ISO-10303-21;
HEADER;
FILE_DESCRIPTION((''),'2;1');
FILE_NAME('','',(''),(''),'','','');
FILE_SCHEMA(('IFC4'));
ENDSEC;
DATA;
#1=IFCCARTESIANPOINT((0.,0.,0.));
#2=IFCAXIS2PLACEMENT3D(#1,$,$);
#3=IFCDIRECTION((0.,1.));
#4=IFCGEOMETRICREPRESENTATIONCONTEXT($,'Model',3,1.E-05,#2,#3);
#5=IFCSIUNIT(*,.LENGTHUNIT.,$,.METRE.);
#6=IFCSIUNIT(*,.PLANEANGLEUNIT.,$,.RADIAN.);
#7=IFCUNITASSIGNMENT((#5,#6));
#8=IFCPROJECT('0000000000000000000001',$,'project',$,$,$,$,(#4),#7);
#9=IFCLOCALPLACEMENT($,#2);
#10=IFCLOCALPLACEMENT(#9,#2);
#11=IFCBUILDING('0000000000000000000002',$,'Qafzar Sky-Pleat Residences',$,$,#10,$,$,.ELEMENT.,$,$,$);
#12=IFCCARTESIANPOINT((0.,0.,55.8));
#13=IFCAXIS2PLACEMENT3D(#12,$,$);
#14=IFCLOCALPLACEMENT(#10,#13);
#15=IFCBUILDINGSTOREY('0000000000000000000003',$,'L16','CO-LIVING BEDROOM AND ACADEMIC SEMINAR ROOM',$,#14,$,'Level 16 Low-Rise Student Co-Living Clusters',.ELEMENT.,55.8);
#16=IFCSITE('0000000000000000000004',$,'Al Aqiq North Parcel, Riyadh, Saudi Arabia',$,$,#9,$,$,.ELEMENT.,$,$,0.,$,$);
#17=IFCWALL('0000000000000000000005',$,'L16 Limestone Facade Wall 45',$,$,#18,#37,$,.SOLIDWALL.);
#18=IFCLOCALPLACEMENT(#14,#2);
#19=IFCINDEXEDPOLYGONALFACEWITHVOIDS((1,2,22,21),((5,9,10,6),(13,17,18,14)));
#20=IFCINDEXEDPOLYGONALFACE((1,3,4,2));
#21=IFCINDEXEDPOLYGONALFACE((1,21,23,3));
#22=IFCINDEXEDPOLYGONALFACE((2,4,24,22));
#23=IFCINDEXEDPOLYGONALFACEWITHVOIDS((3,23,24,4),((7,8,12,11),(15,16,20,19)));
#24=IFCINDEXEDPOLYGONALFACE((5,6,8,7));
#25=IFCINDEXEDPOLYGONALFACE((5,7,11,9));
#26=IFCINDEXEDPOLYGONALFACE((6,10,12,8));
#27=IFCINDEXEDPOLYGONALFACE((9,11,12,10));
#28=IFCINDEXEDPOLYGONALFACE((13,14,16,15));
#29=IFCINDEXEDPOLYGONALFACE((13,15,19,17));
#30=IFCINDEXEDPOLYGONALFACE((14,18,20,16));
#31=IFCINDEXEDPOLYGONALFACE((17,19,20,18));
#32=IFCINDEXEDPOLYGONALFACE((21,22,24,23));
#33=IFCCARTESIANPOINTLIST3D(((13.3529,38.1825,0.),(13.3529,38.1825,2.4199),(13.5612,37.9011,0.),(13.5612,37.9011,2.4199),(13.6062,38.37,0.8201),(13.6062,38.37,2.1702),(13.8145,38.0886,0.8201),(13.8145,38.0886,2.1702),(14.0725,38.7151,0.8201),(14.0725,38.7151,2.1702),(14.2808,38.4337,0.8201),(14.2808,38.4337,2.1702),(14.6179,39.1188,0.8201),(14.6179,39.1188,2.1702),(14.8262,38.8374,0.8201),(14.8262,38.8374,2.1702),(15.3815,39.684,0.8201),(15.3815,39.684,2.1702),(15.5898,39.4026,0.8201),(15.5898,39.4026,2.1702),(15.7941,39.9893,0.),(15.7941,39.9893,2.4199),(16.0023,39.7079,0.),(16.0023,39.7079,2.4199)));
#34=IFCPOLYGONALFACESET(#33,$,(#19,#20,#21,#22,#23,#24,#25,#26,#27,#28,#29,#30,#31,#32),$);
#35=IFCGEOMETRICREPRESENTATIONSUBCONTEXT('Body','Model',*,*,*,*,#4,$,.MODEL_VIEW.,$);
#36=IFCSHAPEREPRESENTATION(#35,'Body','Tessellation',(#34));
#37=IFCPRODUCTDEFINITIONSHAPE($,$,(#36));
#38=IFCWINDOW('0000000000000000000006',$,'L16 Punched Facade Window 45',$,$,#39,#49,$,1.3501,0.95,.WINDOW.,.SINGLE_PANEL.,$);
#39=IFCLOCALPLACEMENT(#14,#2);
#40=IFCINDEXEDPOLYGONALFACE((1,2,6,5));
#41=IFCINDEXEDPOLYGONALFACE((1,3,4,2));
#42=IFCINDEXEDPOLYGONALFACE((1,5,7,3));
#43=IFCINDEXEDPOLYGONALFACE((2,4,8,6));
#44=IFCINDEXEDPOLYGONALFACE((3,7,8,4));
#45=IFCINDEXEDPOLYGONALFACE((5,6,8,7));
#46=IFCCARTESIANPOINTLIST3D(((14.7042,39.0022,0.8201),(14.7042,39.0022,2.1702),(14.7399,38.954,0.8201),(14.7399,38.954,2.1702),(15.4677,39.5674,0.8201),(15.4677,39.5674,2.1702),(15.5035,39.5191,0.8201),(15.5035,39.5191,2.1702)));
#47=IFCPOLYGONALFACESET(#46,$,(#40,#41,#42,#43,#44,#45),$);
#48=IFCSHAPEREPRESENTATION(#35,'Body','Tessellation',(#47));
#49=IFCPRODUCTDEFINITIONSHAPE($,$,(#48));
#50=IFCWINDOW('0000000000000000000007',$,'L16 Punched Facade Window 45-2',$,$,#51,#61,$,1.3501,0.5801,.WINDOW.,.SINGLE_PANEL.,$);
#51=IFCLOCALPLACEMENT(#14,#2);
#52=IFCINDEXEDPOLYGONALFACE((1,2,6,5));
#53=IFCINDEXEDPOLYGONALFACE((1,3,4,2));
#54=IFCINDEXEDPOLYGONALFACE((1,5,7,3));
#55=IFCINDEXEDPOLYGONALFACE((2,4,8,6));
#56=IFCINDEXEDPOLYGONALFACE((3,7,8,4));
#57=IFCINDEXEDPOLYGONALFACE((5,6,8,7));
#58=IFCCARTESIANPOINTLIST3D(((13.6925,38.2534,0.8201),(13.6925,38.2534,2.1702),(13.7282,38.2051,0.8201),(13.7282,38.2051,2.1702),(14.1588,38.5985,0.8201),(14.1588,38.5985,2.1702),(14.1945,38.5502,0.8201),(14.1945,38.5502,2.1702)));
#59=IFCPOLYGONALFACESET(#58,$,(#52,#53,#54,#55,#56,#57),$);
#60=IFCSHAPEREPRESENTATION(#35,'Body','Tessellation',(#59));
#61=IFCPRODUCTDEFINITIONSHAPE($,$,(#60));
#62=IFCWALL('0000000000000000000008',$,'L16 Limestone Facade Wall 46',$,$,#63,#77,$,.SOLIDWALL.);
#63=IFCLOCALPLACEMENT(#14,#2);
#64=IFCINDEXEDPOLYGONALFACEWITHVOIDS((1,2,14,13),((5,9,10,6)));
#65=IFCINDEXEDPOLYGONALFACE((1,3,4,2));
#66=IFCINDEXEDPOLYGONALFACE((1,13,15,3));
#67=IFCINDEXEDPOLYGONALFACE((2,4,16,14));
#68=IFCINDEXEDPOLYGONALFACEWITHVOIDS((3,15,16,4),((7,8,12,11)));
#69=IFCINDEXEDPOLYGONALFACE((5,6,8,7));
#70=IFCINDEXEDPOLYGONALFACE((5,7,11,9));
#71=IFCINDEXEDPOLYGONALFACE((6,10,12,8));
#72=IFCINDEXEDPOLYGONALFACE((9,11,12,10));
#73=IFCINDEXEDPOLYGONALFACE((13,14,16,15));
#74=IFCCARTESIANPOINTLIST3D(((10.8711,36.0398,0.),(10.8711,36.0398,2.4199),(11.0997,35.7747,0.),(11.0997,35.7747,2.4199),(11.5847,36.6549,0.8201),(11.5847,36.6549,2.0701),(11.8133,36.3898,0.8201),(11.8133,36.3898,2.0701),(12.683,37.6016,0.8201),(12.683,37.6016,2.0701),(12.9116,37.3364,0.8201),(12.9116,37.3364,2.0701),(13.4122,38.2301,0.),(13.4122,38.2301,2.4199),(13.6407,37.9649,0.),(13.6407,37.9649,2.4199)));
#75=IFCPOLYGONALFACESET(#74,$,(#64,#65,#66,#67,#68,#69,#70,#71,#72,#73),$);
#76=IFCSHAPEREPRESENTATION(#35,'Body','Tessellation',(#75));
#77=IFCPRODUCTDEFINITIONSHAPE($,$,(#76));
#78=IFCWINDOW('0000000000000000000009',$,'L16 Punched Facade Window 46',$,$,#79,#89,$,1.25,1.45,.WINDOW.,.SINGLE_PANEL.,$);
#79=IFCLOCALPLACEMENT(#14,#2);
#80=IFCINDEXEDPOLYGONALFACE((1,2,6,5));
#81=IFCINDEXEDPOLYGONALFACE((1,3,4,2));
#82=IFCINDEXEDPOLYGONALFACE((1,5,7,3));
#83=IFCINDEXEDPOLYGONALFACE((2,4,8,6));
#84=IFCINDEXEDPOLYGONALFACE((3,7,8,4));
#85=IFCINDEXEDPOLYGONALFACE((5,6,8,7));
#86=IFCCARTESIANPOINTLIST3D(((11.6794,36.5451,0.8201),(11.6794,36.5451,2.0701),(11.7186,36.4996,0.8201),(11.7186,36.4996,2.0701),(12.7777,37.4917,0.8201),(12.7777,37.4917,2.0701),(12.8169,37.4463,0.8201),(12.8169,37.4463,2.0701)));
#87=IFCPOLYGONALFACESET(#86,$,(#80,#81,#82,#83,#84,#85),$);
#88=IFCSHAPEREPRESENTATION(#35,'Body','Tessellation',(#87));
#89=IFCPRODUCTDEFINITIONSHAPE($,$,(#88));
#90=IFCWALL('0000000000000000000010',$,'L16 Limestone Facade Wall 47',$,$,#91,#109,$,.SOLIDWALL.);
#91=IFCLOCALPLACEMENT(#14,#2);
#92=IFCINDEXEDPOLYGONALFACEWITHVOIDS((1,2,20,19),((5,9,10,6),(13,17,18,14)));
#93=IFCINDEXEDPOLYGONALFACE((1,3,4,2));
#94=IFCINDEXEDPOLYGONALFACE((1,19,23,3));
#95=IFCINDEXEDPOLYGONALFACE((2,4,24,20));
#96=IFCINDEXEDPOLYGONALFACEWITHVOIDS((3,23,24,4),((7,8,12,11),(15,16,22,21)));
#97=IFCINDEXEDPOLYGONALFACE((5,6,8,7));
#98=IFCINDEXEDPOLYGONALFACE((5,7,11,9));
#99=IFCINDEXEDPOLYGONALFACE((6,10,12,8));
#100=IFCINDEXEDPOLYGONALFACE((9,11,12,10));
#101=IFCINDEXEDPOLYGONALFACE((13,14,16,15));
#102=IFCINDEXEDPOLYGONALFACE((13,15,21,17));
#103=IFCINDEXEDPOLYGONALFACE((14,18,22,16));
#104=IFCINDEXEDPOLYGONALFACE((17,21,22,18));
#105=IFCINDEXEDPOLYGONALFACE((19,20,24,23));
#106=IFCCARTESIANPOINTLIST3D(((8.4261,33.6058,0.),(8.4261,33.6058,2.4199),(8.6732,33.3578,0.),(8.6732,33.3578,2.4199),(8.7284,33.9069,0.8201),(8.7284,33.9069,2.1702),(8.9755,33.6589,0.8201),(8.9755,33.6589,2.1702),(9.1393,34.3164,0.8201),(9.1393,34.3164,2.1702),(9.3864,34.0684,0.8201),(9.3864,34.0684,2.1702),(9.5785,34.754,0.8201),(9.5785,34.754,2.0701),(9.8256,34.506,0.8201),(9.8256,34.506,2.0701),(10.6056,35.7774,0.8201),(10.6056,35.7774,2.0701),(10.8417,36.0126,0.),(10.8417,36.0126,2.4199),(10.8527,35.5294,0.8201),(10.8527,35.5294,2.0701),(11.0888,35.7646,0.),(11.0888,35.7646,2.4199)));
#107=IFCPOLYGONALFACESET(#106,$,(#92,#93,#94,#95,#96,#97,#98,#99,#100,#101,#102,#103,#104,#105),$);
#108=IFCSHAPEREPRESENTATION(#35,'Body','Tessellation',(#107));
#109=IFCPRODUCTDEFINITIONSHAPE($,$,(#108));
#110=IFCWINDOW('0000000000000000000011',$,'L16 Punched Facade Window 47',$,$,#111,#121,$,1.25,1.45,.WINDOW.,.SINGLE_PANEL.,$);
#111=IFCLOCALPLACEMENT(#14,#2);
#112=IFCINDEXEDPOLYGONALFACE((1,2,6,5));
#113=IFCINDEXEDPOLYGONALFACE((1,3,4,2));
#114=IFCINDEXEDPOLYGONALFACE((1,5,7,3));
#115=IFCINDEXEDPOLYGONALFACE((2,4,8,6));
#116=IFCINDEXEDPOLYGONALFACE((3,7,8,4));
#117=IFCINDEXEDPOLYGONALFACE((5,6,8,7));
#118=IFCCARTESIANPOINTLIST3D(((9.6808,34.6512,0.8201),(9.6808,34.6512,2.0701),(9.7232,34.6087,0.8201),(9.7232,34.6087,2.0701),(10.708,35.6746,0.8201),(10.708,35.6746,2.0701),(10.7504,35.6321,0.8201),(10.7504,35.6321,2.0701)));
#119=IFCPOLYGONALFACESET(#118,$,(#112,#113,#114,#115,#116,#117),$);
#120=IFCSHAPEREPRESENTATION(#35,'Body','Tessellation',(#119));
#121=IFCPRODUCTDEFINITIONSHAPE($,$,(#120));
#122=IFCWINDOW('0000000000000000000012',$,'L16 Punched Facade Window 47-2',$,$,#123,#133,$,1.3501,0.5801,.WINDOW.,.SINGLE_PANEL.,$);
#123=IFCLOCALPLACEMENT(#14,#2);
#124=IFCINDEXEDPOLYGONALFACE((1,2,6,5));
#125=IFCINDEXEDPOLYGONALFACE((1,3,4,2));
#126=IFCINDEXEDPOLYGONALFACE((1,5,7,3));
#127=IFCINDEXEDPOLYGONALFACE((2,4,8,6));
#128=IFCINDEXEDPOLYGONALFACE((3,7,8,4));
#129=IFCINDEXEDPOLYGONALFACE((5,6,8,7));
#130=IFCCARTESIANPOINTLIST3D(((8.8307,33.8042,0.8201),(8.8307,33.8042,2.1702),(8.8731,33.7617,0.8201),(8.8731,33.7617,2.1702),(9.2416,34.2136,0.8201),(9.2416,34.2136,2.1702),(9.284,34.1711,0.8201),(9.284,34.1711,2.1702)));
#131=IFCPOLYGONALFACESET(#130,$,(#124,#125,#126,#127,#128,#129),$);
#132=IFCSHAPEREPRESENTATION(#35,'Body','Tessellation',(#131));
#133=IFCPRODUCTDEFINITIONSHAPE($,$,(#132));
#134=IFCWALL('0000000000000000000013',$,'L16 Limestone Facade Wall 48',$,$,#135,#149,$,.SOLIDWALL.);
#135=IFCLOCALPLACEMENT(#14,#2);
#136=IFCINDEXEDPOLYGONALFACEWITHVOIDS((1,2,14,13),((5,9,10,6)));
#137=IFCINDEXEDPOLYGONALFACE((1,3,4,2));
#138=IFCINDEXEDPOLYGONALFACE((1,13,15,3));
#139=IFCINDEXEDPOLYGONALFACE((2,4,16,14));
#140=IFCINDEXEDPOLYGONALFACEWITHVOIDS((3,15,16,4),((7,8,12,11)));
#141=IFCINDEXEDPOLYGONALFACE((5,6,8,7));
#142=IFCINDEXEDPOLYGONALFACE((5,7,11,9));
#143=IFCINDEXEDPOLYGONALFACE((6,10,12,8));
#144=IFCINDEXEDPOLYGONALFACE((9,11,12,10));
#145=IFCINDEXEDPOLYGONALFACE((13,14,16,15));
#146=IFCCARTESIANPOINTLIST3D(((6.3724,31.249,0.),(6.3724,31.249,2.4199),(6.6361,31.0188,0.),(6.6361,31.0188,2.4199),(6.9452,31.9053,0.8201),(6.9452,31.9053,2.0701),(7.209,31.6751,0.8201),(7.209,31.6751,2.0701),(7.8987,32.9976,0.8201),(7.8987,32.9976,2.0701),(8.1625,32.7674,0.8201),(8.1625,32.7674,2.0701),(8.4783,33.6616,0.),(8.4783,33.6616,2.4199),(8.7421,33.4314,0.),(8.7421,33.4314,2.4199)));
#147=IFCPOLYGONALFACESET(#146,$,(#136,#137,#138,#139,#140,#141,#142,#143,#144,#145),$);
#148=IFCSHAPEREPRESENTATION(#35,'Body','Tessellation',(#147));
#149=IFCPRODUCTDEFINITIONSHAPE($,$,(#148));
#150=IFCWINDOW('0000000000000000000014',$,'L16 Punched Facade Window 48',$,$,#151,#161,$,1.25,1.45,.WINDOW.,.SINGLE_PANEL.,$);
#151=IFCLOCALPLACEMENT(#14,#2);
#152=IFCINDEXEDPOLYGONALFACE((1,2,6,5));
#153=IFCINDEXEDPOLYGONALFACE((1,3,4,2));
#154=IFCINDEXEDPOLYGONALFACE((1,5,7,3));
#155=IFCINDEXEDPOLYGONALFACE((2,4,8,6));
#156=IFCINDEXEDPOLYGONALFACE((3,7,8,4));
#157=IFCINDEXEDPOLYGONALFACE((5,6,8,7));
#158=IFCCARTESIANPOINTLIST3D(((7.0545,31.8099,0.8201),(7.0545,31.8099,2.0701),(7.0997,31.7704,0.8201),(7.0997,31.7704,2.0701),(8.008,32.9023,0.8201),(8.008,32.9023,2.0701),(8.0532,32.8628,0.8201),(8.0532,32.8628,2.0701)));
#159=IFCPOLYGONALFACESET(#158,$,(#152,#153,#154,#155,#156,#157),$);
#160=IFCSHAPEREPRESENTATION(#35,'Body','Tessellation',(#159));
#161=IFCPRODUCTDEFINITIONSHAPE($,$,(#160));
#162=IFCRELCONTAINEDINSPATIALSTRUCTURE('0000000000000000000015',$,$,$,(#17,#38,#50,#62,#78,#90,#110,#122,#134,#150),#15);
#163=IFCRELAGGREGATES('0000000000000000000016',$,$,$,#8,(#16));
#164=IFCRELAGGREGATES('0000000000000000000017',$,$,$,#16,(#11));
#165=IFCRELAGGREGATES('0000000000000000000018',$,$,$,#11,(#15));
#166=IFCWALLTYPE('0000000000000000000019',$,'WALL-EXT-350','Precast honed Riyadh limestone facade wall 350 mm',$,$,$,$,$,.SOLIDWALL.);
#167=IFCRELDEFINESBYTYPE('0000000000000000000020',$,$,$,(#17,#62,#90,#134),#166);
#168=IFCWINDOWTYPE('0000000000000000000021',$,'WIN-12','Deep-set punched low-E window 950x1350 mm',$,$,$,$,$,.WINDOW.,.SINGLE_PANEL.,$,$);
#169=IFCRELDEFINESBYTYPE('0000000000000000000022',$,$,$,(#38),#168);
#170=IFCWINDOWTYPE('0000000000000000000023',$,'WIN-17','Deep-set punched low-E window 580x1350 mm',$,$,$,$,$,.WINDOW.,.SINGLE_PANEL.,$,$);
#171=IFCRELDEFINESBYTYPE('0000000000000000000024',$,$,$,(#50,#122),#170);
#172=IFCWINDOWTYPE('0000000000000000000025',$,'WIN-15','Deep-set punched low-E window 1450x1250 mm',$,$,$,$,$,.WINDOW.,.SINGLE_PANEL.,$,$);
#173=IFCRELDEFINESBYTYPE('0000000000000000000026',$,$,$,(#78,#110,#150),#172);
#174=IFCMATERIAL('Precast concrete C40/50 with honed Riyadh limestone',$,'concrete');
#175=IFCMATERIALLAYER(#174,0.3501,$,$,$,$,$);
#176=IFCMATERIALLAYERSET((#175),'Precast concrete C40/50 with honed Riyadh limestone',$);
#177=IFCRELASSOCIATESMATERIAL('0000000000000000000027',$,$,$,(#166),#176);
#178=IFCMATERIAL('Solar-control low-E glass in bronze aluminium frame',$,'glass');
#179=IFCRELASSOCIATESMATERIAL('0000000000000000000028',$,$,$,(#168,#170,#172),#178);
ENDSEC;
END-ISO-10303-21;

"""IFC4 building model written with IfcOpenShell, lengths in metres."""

from ifc_helpers import new_model, si_unit, direction, frame, frame_2d, origin, place, context, subcontext, project, spatial, rectangle, extrude, source, transform, mapped, material, layer, layer_set, type_object, element, fill, save


model = new_model("IFC4")

# Units and contexts
model_context = context("Model", 3, precision=1e-05, world=origin(), true_north=direction((0.0, 1.0)))
body_context = subcontext(model_context, "Body", "Model", "MODEL_VIEW")
ifc_project = project(units=[si_unit("LENGTHUNIT", "METRE"), si_unit("PLANEANGLEUNIT", "RADIAN")], contexts=[model_context])

# Site, building, storey
site_placement = place(None, origin())
site = spatial("IfcSite", under=ifc_project, at=site_placement, Name="Al Aqiq North Parcel, Riyadh, Saudi Arabia", CompositionType="ELEMENT", RefElevation=0.0)
building_placement = place(site_placement, origin())
building = spatial("IfcBuilding", under=site, at=building_placement, Name="Qafzar Sky-Pleat Residences", CompositionType="ELEMENT")
storey_placement = place(building_placement, frame((0.0, 0.0, 55.8)))
storey = spatial("IfcBuildingStorey", under=building, at=storey_placement, Name="L16", Description="CO-LIVING BEDROOM AND ACADEMIC SEMINAR ROOM", LongName="Level 16 Low-Rise Student Co-Living Clusters", CompositionType="ELEMENT", Elevation=55.8)

# Shared definitions
ifc_material_1 = material(Name="Precast concrete C40/50 with honed Riyadh limestone", Category="concrete")
ifc_layer_1 = layer(ifc_material_1, 0.3501)
ifc_layer_set_1 = layer_set([ifc_layer_1], Name="Precast concrete C40/50 with honed Riyadh limestone")
wall_type_1 = type_object("IfcWallType", Name="WALL-EXT-350", Description="Precast honed Riyadh limestone facade wall 350 mm", PredefinedType="SOLIDWALL", material=ifc_layer_set_1)
ifc_material_2 = material(Name="Solar-control low-E glass in bronze aluminium frame", Category="glass")

# Wall, openings, windows
wall_1_placement = place(storey_placement, frame((15.8982, 39.8486, 0.0), z_axis=(0.0, 0.0, 1.0), x_axis=(-0.803775, -0.594933, 0.0)))
wall_1 = element("IfcWall", 1, at=wall_1_placement, inside=storey, type_object=wall_type_1, Name="L16 Limestone Facade Wall 45", PredefinedType="SOLIDWALL", context=body_context, shape_type="SweptSolid", body=[
    extrude(rectangle(XDim=3.0371, YDim=0.3501, at=frame_2d((1.5186, 0.0))), origin(), (0.0, 0.0, 1.0), 2.4199),
])
opening_1_placement = place(wall_1_placement, frame((0.5132, 0.0, 0.8201)))
opening_1 = element("IfcOpeningElement", 2, at=opening_1_placement, cuts=wall_1, PredefinedType="OPENING", context=body_context, shape_type="SweptSolid", body=[
    extrude(rectangle(XDim=0.95, YDim=1.3501, at=frame_2d((0.4751, 0.675))), frame((0.0, 0.1851, 0.0), z_axis=(0.0, -1.0, 0.0), x_axis=(1.0, 0.0, 0.0)), (0.0, 0.0, 1.0), 0.3701),
])
opening_2_placement = place(wall_1_placement, frame((2.1418, 0.0, 0.8201)))
opening_2 = element("IfcOpeningElement", 3, at=opening_2_placement, cuts=wall_1, PredefinedType="OPENING", context=body_context, shape_type="SweptSolid", body=[
    extrude(rectangle(XDim=0.5801, YDim=1.3501, at=frame_2d((0.29, 0.675))), frame((0.0, 0.1851, 0.0), z_axis=(0.0, -1.0, 0.0), x_axis=(1.0, 0.0, 0.0)), (0.0, 0.0, 1.0), 0.3701),
])
window_type_1 = type_object("IfcWindowType", Name="WIN-12", Description="Deep-set punched low-E window 950x1350 mm", PartitioningType="SINGLE_PANEL", PredefinedType="WINDOW", material=ifc_material_2)
shared_shape_1 = source(origin(), body_context, "Body", "SweptSolid", [
    extrude(rectangle(XDim=0.95, YDim=1.3501, at=frame_2d((0.4751, 0.675))), frame((0.0, 0.03, 0.0), z_axis=(0.0, -1.0, 0.0), x_axis=(1.0, 0.0, 0.0)), (0.0, 0.0, 1.0), 0.0601),
])
window_1_placement = place(opening_1_placement, origin())
window_1 = element("IfcWindow", 4, at=window_1_placement, inside=storey, type_object=window_type_1, Name="L16 Punched Facade Window 45", OverallHeight=1.3501, OverallWidth=0.95, PartitioningType="SINGLE_PANEL", PredefinedType="WINDOW", context=body_context, shape_type="MappedRepresentation", body=[
    mapped(shared_shape_1, transform((0.0, 0.0, 0.0), x_axis=(1.0, 0.0, 0.0), y_axis=(0.0, 1.0, 0.0), z_axis=(0.0, 0.0, 1.0), scale=1.0)),
])
fill(opening_1, window_1)
window_type_2 = type_object("IfcWindowType", Name="WIN-17", Description="Deep-set punched low-E window 580x1350 mm", PartitioningType="SINGLE_PANEL", PredefinedType="WINDOW", material=ifc_material_2)
shared_shape_2 = source(origin(), body_context, "Body", "SweptSolid", [
    extrude(rectangle(XDim=0.5801, YDim=1.3501, at=frame_2d((0.29, 0.675))), frame((0.0, 0.03, 0.0), z_axis=(0.0, -1.0, 0.0), x_axis=(1.0, 0.0, 0.0)), (0.0, 0.0, 1.0), 0.0601),
])
window_2_placement = place(opening_2_placement, origin())
window_2 = element("IfcWindow", 5, at=window_2_placement, inside=storey, type_object=window_type_2, Name="L16 Punched Facade Window 45-2", OverallHeight=1.3501, OverallWidth=0.5801, PartitioningType="SINGLE_PANEL", PredefinedType="WINDOW", context=body_context, shape_type="MappedRepresentation", body=[
    mapped(shared_shape_2, transform((0.0, 0.0, 0.0), x_axis=(1.0, 0.0, 0.0), y_axis=(0.0, 1.0, 0.0), z_axis=(0.0, 0.0, 1.0), scale=1.0)),
])
fill(opening_2, window_2)

# Wall, opening, window
wall_2_placement = place(storey_placement, frame((13.5264, 38.0974, 0.0), z_axis=(0.0, 0.0, 1.0), x_axis=(-0.757461, -0.652881, 0.0)))
wall_2 = element("IfcWall", 6, at=wall_2_placement, inside=storey, type_object=wall_type_1, Name="L16 Limestone Facade Wall 46", PredefinedType="SOLIDWALL", context=body_context, shape_type="SweptSolid", body=[
    extrude(rectangle(XDim=3.3547, YDim=0.3501, at=frame_2d((1.6772, 0.0))), origin(), (0.0, 0.0, 1.0), 2.4199),
])
opening_3_placement = place(wall_2_placement, frame((0.9624, 0.0, 0.8201)))
opening_3 = element("IfcOpeningElement", 7, at=opening_3_placement, cuts=wall_2, PredefinedType="OPENING", context=body_context, shape_type="SweptSolid", body=[
    extrude(rectangle(XDim=1.45, YDim=1.25, at=frame_2d((0.7251, 0.625))), frame((0.0, 0.1851, 0.0), z_axis=(0.0, -1.0, 0.0), x_axis=(1.0, 0.0, 0.0)), (0.0, 0.0, 1.0), 0.3701),
])
window_type_3 = type_object("IfcWindowType", Name="WIN-15", Description="Deep-set punched low-E window 1450x1250 mm", PartitioningType="SINGLE_PANEL", PredefinedType="WINDOW", material=ifc_material_2)
shared_shape_3 = source(origin(), body_context, "Body", "SweptSolid", [
    extrude(rectangle(XDim=1.45, YDim=1.25, at=frame_2d((0.7251, 0.625))), frame((0.0, 0.03, 0.0), z_axis=(0.0, -1.0, 0.0), x_axis=(1.0, 0.0, 0.0)), (0.0, 0.0, 1.0), 0.0601),
])
window_3_placement = place(opening_3_placement, origin())
window_3 = element("IfcWindow", 8, at=window_3_placement, inside=storey, type_object=window_type_3, Name="L16 Punched Facade Window 46", OverallHeight=1.25, OverallWidth=1.45, PartitioningType="SINGLE_PANEL", PredefinedType="WINDOW", context=body_context, shape_type="MappedRepresentation", body=[
    mapped(shared_shape_3, transform((0.0, 0.0, 0.0), x_axis=(1.0, 0.0, 0.0), y_axis=(0.0, 1.0, 0.0), z_axis=(0.0, 0.0, 1.0), scale=1.0)),
])
fill(opening_3, window_3)

# Wall, openings, windows
wall_3_placement = place(storey_placement, frame((10.9653, 35.8887, 0.0), z_axis=(0.0, 0.0, 1.0), x_axis=(-0.708394, -0.705817, 0.0)))
wall_3 = element("IfcWall", 9, at=wall_3_placement, inside=storey, type_object=wall_type_1, Name="L16 Limestone Facade Wall 47", PredefinedType="SOLIDWALL", context=body_context, shape_type="SweptSolid", body=[
    extrude(rectangle(XDim=3.4099, YDim=0.3501, at=frame_2d((1.7051, 0.0))), origin(), (0.0, 0.0, 1.0), 2.4199),
])
opening_4_placement = place(wall_3_placement, frame((0.3333, 0.0, 0.8201)))
opening_4 = element("IfcOpeningElement", 10, at=opening_4_placement, cuts=wall_3, PredefinedType="OPENING", context=body_context, shape_type="SweptSolid", body=[
    extrude(rectangle(XDim=1.45, YDim=1.25, at=frame_2d((0.7251, 0.625))), frame((0.0, 0.1851, 0.0), z_axis=(0.0, -1.0, 0.0), x_axis=(1.0, 0.0, 0.0)), (0.0, 0.0, 1.0), 0.3701),
])
opening_5_placement = place(wall_3_placement, frame((2.4033, 0.0, 0.8201)))
opening_5 = element("IfcOpeningElement", 11, at=opening_5_placement, cuts=wall_3, PredefinedType="OPENING", context=body_context, shape_type="SweptSolid", body=[
    extrude(rectangle(XDim=0.5801, YDim=1.3501, at=frame_2d((0.29, 0.675))), frame((0.0, 0.1851, 0.0), z_axis=(0.0, -1.0, 0.0), x_axis=(1.0, 0.0, 0.0)), (0.0, 0.0, 1.0), 0.3701),
])
window_4_placement = place(opening_4_placement, origin())
window_4 = element("IfcWindow", 12, at=window_4_placement, inside=storey, type_object=window_type_3, Name="L16 Punched Facade Window 47", OverallHeight=1.25, OverallWidth=1.45, PartitioningType="SINGLE_PANEL", PredefinedType="WINDOW", context=body_context, shape_type="MappedRepresentation", body=[
    mapped(shared_shape_3, transform((0.0, 0.0, 0.0), x_axis=(1.0, 0.0, 0.0), y_axis=(0.0, 1.0, 0.0), z_axis=(0.0, 0.0, 1.0), scale=1.0)),
])
fill(opening_4, window_4)
window_5_placement = place(opening_5_placement, origin())
window_5 = element("IfcWindow", 13, at=window_5_placement, inside=storey, type_object=window_type_2, Name="L16 Punched Facade Window 47-2", OverallHeight=1.3501, OverallWidth=0.5801, PartitioningType="SINGLE_PANEL", PredefinedType="WINDOW", context=body_context, shape_type="MappedRepresentation", body=[
    mapped(shared_shape_2, transform((0.0, 0.0, 0.0), x_axis=(1.0, 0.0, 0.0), y_axis=(0.0, 1.0, 0.0), z_axis=(0.0, 0.0, 1.0), scale=1.0)),
])
fill(opening_5, window_5)

# Wall, opening, window
wall_4_placement = place(storey_placement, frame((8.6101, 33.5464, 0.0), z_axis=(0.0, 0.0, 1.0), x_axis=(-0.657608, -0.75336, 0.0)))
wall_4 = element("IfcWall", 14, at=wall_4_placement, inside=storey, type_object=wall_type_1, Name="L16 Limestone Facade Wall 48", PredefinedType="SOLIDWALL", context=body_context, shape_type="SweptSolid", body=[
    extrude(rectangle(XDim=3.2024, YDim=0.3501, at=frame_2d((1.6011, 0.0))), origin(), (0.0, 0.0, 1.0), 2.4199),
])
opening_6_placement = place(wall_4_placement, frame((0.8811, 0.0, 0.8201)))
opening_6 = element("IfcOpeningElement", 15, at=opening_6_placement, cuts=wall_4, PredefinedType="OPENING", context=body_context, shape_type="SweptSolid", body=[
    extrude(rectangle(XDim=1.45, YDim=1.25, at=frame_2d((0.7251, 0.625))), frame((0.0, 0.1851, 0.0), z_axis=(0.0, -1.0, 0.0), x_axis=(1.0, 0.0, 0.0)), (0.0, 0.0, 1.0), 0.3701),
])
window_6_placement = place(opening_6_placement, origin())
window_6 = element("IfcWindow", 16, at=window_6_placement, inside=storey, type_object=window_type_3, Name="L16 Punched Facade Window 48", OverallHeight=1.25, OverallWidth=1.45, PartitioningType="SINGLE_PANEL", PredefinedType="WINDOW", context=body_context, shape_type="MappedRepresentation", body=[
    mapped(shared_shape_3, transform((0.0, 0.0, 0.0), x_axis=(1.0, 0.0, 0.0), y_axis=(0.0, 1.0, 0.0), z_axis=(0.0, 0.0, 1.0), scale=1.0)),
])
fill(opening_6, window_6)

save(model, "model.ifc")
